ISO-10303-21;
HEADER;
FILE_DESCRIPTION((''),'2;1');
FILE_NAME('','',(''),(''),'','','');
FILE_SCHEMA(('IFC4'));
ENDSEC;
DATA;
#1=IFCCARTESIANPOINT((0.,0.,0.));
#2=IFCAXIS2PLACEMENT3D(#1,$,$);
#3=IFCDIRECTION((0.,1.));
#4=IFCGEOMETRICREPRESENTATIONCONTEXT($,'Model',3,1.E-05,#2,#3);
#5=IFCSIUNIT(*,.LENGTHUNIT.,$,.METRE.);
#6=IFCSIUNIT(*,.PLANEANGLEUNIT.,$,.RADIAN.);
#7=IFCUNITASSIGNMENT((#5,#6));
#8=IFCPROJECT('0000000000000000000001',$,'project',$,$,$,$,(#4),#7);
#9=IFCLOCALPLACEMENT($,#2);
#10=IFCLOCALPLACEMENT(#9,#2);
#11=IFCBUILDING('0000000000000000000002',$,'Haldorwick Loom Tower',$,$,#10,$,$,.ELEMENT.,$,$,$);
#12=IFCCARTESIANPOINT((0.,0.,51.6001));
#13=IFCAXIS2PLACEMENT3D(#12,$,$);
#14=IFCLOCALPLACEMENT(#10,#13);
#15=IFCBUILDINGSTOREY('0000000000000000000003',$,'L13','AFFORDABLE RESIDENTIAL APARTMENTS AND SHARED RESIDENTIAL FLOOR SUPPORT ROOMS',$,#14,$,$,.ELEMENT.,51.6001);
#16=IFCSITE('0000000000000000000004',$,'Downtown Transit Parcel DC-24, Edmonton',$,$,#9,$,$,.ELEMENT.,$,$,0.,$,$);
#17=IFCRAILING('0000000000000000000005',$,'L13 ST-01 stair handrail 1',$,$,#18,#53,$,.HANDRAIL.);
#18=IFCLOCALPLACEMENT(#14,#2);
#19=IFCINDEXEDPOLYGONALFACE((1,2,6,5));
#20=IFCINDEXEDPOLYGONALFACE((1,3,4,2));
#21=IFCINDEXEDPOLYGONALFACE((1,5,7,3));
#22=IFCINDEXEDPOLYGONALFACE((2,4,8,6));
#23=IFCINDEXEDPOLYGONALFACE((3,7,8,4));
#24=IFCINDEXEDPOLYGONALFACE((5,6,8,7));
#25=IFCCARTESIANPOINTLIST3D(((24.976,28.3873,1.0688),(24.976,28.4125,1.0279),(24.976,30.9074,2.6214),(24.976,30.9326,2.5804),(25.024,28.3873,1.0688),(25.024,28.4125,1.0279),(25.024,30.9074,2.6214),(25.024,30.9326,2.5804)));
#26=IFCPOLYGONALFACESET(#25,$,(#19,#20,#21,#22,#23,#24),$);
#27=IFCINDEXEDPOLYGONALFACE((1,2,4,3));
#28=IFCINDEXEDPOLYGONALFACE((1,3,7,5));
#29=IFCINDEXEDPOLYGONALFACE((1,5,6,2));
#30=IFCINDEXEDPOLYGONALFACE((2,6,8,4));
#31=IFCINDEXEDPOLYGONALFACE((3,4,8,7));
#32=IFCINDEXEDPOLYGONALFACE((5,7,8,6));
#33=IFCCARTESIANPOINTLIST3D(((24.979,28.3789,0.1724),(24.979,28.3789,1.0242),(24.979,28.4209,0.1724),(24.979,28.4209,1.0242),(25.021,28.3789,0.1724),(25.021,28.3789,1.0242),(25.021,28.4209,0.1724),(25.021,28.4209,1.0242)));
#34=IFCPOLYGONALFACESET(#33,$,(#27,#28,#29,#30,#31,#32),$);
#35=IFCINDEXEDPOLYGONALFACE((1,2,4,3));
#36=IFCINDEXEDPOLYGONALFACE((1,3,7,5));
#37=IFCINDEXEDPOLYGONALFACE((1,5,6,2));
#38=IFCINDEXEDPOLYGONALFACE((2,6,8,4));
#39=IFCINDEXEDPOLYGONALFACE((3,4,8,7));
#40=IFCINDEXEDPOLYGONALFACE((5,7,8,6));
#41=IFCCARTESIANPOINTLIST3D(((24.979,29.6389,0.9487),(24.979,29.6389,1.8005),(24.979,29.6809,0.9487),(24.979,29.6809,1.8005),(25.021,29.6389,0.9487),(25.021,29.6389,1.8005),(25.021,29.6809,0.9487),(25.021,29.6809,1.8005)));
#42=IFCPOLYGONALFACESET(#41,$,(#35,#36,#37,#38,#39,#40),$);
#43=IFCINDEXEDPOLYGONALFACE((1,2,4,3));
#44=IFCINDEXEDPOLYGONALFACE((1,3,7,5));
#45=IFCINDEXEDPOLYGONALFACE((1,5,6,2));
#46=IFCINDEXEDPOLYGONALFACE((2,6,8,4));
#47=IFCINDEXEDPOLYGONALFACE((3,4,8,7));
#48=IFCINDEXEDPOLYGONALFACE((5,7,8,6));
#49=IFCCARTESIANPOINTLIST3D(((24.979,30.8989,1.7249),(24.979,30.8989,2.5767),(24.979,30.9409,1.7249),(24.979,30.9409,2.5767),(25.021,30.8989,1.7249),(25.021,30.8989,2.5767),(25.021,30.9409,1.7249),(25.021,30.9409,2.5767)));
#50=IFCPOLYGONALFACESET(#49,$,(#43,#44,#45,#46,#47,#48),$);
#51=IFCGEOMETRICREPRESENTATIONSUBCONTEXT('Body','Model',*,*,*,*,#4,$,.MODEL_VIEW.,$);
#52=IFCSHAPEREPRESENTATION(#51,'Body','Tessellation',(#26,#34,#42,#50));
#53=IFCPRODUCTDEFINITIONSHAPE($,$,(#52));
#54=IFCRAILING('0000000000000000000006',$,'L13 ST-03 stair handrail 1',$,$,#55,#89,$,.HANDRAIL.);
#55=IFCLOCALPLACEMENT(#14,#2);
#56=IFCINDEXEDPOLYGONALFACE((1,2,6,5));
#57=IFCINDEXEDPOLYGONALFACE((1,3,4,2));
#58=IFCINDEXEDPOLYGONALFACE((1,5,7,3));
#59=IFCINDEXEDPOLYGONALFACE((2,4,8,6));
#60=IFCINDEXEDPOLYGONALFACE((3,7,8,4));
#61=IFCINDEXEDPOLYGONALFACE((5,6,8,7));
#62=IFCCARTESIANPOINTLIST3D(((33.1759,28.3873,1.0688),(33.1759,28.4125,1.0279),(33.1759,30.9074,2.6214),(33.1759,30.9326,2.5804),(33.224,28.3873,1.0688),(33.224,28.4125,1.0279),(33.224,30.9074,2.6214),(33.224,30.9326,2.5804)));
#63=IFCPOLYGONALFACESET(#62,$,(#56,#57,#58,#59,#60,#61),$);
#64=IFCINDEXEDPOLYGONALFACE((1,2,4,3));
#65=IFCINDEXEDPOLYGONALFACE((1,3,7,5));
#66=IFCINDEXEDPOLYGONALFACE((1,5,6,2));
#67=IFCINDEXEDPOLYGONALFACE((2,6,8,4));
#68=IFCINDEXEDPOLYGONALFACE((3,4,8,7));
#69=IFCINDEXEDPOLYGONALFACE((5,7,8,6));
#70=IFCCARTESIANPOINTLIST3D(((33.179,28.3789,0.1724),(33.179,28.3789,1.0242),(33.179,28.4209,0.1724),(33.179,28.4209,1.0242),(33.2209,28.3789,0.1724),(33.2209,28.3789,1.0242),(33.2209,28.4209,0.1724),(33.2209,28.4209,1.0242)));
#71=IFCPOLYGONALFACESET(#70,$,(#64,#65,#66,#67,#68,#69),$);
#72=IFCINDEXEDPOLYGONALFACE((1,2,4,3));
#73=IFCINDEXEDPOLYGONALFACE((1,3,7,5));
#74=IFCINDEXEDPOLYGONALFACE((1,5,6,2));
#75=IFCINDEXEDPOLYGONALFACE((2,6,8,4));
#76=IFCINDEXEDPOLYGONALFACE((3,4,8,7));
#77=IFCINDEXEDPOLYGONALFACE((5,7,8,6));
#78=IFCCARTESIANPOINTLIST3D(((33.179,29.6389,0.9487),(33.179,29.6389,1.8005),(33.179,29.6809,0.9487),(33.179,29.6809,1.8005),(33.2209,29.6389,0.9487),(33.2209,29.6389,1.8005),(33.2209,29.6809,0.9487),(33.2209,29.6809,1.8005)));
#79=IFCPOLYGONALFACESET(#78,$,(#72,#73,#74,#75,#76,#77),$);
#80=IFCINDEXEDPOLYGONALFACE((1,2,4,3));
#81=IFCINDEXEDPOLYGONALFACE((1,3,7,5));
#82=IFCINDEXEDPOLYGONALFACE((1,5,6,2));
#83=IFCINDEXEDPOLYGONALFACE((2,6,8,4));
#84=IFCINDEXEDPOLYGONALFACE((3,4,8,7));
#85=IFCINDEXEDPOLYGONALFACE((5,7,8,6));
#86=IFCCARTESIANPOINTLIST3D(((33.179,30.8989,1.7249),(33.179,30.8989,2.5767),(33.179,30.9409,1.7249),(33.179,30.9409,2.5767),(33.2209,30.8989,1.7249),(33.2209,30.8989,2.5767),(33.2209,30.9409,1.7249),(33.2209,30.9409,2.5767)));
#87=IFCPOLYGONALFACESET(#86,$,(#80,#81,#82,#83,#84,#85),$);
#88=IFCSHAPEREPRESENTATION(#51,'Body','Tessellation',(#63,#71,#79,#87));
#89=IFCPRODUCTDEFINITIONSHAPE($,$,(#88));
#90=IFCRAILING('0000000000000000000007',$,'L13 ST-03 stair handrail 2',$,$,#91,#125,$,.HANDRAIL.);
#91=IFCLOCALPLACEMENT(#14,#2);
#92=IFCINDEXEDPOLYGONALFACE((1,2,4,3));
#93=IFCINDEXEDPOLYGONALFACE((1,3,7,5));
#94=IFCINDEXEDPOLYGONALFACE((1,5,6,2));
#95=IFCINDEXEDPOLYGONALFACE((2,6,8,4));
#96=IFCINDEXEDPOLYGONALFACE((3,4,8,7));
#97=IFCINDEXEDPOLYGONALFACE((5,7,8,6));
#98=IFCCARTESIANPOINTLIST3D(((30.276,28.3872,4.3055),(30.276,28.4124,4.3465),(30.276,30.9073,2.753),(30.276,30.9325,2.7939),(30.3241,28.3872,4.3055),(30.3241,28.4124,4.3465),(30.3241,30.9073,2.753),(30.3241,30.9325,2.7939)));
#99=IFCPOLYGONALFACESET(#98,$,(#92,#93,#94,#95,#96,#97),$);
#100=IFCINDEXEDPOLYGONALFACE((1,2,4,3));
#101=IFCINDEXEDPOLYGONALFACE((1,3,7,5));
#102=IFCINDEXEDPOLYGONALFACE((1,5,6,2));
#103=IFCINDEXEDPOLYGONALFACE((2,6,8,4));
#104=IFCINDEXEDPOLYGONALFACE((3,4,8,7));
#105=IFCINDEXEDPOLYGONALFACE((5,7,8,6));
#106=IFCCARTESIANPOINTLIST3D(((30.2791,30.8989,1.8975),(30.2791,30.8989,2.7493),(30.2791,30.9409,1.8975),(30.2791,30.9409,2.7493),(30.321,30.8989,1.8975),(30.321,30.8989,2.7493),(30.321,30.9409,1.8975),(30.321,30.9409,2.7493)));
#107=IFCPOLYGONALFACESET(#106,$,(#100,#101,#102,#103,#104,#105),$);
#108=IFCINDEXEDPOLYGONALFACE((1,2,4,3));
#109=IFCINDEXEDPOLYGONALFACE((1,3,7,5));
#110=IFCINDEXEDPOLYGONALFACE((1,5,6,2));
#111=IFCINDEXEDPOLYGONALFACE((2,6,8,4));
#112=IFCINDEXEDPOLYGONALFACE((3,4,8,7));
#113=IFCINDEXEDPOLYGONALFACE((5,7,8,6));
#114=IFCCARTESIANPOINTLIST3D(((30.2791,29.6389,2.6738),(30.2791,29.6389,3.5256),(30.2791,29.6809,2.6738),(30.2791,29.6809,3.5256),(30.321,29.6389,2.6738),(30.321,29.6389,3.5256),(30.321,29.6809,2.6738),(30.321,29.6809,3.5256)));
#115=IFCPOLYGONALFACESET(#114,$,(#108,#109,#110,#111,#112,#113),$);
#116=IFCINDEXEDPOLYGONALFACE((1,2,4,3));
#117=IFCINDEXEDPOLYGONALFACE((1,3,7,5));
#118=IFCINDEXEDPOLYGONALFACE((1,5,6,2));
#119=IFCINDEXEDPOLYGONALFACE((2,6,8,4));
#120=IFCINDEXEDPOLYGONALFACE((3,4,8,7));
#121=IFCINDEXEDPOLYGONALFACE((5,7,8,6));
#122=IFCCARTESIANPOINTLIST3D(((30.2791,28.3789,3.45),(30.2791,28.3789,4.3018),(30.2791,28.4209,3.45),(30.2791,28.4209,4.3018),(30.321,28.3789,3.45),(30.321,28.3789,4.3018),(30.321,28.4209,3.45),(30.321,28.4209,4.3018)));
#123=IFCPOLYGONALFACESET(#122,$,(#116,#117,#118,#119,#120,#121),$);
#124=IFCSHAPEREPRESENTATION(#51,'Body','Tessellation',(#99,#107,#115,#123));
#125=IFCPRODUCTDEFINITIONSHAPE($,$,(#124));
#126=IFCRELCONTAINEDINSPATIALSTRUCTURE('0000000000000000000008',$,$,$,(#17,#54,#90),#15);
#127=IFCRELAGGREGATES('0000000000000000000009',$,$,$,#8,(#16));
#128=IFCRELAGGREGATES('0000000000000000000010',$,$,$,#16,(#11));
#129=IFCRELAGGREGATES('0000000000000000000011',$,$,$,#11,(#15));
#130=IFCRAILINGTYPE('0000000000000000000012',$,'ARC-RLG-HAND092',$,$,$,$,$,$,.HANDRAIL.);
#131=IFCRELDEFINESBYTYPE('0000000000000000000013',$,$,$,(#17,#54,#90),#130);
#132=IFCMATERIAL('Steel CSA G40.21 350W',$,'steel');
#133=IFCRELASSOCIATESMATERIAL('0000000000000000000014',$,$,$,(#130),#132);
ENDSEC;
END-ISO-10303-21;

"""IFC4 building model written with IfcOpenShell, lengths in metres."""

from ifc_helpers import new_model, si_unit, direction, frame, origin, origin_2d, place, context, subcontext, project, spatial, rectangle, extrude, material, type_object, element, save


model = new_model("IFC4")

# Units and contexts
model_context = context("Model", 3, precision=1e-05, world=origin(), true_north=direction((0.0, 1.0)))
body_context = subcontext(model_context, "Body", "Model", "MODEL_VIEW")
ifc_project = project(units=[si_unit("LENGTHUNIT", "METRE"), si_unit("PLANEANGLEUNIT", "RADIAN")], contexts=[model_context])

# Site, building, storey
site_placement = place(None, origin())
site = spatial("IfcSite", under=ifc_project, at=site_placement, Name="Downtown Transit Parcel DC-24, Edmonton", CompositionType="ELEMENT", RefElevation=0.0)
building_placement = place(site_placement, origin())
building = spatial("IfcBuilding", under=site, at=building_placement, Name="Haldorwick Loom Tower", CompositionType="ELEMENT")
storey_placement = place(building_placement, frame((0.0, 0.0, 51.6001)))
storey = spatial("IfcBuildingStorey", under=building, at=storey_placement, Name="L13", Description="AFFORDABLE RESIDENTIAL APARTMENTS AND SHARED RESIDENTIAL FLOOR SUPPORT ROOMS", CompositionType="ELEMENT", Elevation=51.6001)

# Shared definitions
ifc_material_1 = material(Name="Steel CSA G40.21 350W", Category="steel")

# Railings
railing_type_1 = type_object("IfcRailingType", Name="ARC-RLG-HAND092", PredefinedType="HANDRAIL", material=ifc_material_1)
for number, where, name in (
    (1, (25.0, 28.3999, 0.1724), "L13 ST-01 stair handrail 1"),
    (2, (33.2, 28.3999, 0.1724), "L13 ST-03 stair handrail 1"),
):
    element("IfcRailing", number, at=place(storey_placement, frame(where)), inside=storey, type_object=railing_type_1, Name=name, PredefinedType="HANDRAIL", context=body_context, shape_type="SweptSolid", body=[
        extrude(rectangle(XDim=0.0481, YDim=0.0481, at=origin_2d()), frame((0.0, 0.0, 0.876), z_axis=(0.0, 0.8514, 0.524516), x_axis=(-1.0, 0.0, 0.0)), (0.0, 0.0, 1.0), 2.96),
        extrude(rectangle(XDim=0.042, YDim=0.042, at=origin_2d()), origin(), (0.0, 0.0, 1.0), 0.8518),
        extrude(rectangle(XDim=0.042, YDim=0.042, at=origin_2d()), frame((0.0, 1.26, 0.7764)), (0.0, 0.0, 1.0), 0.8518),
        extrude(rectangle(XDim=0.042, YDim=0.042, at=origin_2d()), frame((0.0, 2.52, 1.5525)), (0.0, 0.0, 1.0), 0.8518),
    ])
railing_1_placement = place(storey_placement, frame((30.3, 30.9199, 1.8975)))
element("IfcRailing", 3, at=railing_1_placement, inside=storey, type_object=railing_type_1, Name="L13 ST-03 stair handrail 2", PredefinedType="HANDRAIL", context=body_context, shape_type="SweptSolid", body=[
    extrude(rectangle(XDim=0.0481, YDim=0.0481, at=origin_2d()), frame((0.0, 0.0, 0.876), z_axis=(0.0, -0.8514, 0.524516), x_axis=(1.0, 0.0, 0.0)), (0.0, 0.0, 1.0), 2.96),
    extrude(rectangle(XDim=0.042, YDim=0.042, at=origin_2d()), origin(), (0.0, 0.0, 1.0), 0.8518),
    extrude(rectangle(XDim=0.042, YDim=0.042, at=origin_2d()), frame((0.0, -1.26, 0.7764)), (0.0, 0.0, 1.0), 0.8518),
    extrude(rectangle(XDim=0.042, YDim=0.042, at=origin_2d()), frame((0.0, -2.52, 1.5525)), (0.0, 0.0, 1.0), 0.8518),
])

save(model, "model.ifc")
